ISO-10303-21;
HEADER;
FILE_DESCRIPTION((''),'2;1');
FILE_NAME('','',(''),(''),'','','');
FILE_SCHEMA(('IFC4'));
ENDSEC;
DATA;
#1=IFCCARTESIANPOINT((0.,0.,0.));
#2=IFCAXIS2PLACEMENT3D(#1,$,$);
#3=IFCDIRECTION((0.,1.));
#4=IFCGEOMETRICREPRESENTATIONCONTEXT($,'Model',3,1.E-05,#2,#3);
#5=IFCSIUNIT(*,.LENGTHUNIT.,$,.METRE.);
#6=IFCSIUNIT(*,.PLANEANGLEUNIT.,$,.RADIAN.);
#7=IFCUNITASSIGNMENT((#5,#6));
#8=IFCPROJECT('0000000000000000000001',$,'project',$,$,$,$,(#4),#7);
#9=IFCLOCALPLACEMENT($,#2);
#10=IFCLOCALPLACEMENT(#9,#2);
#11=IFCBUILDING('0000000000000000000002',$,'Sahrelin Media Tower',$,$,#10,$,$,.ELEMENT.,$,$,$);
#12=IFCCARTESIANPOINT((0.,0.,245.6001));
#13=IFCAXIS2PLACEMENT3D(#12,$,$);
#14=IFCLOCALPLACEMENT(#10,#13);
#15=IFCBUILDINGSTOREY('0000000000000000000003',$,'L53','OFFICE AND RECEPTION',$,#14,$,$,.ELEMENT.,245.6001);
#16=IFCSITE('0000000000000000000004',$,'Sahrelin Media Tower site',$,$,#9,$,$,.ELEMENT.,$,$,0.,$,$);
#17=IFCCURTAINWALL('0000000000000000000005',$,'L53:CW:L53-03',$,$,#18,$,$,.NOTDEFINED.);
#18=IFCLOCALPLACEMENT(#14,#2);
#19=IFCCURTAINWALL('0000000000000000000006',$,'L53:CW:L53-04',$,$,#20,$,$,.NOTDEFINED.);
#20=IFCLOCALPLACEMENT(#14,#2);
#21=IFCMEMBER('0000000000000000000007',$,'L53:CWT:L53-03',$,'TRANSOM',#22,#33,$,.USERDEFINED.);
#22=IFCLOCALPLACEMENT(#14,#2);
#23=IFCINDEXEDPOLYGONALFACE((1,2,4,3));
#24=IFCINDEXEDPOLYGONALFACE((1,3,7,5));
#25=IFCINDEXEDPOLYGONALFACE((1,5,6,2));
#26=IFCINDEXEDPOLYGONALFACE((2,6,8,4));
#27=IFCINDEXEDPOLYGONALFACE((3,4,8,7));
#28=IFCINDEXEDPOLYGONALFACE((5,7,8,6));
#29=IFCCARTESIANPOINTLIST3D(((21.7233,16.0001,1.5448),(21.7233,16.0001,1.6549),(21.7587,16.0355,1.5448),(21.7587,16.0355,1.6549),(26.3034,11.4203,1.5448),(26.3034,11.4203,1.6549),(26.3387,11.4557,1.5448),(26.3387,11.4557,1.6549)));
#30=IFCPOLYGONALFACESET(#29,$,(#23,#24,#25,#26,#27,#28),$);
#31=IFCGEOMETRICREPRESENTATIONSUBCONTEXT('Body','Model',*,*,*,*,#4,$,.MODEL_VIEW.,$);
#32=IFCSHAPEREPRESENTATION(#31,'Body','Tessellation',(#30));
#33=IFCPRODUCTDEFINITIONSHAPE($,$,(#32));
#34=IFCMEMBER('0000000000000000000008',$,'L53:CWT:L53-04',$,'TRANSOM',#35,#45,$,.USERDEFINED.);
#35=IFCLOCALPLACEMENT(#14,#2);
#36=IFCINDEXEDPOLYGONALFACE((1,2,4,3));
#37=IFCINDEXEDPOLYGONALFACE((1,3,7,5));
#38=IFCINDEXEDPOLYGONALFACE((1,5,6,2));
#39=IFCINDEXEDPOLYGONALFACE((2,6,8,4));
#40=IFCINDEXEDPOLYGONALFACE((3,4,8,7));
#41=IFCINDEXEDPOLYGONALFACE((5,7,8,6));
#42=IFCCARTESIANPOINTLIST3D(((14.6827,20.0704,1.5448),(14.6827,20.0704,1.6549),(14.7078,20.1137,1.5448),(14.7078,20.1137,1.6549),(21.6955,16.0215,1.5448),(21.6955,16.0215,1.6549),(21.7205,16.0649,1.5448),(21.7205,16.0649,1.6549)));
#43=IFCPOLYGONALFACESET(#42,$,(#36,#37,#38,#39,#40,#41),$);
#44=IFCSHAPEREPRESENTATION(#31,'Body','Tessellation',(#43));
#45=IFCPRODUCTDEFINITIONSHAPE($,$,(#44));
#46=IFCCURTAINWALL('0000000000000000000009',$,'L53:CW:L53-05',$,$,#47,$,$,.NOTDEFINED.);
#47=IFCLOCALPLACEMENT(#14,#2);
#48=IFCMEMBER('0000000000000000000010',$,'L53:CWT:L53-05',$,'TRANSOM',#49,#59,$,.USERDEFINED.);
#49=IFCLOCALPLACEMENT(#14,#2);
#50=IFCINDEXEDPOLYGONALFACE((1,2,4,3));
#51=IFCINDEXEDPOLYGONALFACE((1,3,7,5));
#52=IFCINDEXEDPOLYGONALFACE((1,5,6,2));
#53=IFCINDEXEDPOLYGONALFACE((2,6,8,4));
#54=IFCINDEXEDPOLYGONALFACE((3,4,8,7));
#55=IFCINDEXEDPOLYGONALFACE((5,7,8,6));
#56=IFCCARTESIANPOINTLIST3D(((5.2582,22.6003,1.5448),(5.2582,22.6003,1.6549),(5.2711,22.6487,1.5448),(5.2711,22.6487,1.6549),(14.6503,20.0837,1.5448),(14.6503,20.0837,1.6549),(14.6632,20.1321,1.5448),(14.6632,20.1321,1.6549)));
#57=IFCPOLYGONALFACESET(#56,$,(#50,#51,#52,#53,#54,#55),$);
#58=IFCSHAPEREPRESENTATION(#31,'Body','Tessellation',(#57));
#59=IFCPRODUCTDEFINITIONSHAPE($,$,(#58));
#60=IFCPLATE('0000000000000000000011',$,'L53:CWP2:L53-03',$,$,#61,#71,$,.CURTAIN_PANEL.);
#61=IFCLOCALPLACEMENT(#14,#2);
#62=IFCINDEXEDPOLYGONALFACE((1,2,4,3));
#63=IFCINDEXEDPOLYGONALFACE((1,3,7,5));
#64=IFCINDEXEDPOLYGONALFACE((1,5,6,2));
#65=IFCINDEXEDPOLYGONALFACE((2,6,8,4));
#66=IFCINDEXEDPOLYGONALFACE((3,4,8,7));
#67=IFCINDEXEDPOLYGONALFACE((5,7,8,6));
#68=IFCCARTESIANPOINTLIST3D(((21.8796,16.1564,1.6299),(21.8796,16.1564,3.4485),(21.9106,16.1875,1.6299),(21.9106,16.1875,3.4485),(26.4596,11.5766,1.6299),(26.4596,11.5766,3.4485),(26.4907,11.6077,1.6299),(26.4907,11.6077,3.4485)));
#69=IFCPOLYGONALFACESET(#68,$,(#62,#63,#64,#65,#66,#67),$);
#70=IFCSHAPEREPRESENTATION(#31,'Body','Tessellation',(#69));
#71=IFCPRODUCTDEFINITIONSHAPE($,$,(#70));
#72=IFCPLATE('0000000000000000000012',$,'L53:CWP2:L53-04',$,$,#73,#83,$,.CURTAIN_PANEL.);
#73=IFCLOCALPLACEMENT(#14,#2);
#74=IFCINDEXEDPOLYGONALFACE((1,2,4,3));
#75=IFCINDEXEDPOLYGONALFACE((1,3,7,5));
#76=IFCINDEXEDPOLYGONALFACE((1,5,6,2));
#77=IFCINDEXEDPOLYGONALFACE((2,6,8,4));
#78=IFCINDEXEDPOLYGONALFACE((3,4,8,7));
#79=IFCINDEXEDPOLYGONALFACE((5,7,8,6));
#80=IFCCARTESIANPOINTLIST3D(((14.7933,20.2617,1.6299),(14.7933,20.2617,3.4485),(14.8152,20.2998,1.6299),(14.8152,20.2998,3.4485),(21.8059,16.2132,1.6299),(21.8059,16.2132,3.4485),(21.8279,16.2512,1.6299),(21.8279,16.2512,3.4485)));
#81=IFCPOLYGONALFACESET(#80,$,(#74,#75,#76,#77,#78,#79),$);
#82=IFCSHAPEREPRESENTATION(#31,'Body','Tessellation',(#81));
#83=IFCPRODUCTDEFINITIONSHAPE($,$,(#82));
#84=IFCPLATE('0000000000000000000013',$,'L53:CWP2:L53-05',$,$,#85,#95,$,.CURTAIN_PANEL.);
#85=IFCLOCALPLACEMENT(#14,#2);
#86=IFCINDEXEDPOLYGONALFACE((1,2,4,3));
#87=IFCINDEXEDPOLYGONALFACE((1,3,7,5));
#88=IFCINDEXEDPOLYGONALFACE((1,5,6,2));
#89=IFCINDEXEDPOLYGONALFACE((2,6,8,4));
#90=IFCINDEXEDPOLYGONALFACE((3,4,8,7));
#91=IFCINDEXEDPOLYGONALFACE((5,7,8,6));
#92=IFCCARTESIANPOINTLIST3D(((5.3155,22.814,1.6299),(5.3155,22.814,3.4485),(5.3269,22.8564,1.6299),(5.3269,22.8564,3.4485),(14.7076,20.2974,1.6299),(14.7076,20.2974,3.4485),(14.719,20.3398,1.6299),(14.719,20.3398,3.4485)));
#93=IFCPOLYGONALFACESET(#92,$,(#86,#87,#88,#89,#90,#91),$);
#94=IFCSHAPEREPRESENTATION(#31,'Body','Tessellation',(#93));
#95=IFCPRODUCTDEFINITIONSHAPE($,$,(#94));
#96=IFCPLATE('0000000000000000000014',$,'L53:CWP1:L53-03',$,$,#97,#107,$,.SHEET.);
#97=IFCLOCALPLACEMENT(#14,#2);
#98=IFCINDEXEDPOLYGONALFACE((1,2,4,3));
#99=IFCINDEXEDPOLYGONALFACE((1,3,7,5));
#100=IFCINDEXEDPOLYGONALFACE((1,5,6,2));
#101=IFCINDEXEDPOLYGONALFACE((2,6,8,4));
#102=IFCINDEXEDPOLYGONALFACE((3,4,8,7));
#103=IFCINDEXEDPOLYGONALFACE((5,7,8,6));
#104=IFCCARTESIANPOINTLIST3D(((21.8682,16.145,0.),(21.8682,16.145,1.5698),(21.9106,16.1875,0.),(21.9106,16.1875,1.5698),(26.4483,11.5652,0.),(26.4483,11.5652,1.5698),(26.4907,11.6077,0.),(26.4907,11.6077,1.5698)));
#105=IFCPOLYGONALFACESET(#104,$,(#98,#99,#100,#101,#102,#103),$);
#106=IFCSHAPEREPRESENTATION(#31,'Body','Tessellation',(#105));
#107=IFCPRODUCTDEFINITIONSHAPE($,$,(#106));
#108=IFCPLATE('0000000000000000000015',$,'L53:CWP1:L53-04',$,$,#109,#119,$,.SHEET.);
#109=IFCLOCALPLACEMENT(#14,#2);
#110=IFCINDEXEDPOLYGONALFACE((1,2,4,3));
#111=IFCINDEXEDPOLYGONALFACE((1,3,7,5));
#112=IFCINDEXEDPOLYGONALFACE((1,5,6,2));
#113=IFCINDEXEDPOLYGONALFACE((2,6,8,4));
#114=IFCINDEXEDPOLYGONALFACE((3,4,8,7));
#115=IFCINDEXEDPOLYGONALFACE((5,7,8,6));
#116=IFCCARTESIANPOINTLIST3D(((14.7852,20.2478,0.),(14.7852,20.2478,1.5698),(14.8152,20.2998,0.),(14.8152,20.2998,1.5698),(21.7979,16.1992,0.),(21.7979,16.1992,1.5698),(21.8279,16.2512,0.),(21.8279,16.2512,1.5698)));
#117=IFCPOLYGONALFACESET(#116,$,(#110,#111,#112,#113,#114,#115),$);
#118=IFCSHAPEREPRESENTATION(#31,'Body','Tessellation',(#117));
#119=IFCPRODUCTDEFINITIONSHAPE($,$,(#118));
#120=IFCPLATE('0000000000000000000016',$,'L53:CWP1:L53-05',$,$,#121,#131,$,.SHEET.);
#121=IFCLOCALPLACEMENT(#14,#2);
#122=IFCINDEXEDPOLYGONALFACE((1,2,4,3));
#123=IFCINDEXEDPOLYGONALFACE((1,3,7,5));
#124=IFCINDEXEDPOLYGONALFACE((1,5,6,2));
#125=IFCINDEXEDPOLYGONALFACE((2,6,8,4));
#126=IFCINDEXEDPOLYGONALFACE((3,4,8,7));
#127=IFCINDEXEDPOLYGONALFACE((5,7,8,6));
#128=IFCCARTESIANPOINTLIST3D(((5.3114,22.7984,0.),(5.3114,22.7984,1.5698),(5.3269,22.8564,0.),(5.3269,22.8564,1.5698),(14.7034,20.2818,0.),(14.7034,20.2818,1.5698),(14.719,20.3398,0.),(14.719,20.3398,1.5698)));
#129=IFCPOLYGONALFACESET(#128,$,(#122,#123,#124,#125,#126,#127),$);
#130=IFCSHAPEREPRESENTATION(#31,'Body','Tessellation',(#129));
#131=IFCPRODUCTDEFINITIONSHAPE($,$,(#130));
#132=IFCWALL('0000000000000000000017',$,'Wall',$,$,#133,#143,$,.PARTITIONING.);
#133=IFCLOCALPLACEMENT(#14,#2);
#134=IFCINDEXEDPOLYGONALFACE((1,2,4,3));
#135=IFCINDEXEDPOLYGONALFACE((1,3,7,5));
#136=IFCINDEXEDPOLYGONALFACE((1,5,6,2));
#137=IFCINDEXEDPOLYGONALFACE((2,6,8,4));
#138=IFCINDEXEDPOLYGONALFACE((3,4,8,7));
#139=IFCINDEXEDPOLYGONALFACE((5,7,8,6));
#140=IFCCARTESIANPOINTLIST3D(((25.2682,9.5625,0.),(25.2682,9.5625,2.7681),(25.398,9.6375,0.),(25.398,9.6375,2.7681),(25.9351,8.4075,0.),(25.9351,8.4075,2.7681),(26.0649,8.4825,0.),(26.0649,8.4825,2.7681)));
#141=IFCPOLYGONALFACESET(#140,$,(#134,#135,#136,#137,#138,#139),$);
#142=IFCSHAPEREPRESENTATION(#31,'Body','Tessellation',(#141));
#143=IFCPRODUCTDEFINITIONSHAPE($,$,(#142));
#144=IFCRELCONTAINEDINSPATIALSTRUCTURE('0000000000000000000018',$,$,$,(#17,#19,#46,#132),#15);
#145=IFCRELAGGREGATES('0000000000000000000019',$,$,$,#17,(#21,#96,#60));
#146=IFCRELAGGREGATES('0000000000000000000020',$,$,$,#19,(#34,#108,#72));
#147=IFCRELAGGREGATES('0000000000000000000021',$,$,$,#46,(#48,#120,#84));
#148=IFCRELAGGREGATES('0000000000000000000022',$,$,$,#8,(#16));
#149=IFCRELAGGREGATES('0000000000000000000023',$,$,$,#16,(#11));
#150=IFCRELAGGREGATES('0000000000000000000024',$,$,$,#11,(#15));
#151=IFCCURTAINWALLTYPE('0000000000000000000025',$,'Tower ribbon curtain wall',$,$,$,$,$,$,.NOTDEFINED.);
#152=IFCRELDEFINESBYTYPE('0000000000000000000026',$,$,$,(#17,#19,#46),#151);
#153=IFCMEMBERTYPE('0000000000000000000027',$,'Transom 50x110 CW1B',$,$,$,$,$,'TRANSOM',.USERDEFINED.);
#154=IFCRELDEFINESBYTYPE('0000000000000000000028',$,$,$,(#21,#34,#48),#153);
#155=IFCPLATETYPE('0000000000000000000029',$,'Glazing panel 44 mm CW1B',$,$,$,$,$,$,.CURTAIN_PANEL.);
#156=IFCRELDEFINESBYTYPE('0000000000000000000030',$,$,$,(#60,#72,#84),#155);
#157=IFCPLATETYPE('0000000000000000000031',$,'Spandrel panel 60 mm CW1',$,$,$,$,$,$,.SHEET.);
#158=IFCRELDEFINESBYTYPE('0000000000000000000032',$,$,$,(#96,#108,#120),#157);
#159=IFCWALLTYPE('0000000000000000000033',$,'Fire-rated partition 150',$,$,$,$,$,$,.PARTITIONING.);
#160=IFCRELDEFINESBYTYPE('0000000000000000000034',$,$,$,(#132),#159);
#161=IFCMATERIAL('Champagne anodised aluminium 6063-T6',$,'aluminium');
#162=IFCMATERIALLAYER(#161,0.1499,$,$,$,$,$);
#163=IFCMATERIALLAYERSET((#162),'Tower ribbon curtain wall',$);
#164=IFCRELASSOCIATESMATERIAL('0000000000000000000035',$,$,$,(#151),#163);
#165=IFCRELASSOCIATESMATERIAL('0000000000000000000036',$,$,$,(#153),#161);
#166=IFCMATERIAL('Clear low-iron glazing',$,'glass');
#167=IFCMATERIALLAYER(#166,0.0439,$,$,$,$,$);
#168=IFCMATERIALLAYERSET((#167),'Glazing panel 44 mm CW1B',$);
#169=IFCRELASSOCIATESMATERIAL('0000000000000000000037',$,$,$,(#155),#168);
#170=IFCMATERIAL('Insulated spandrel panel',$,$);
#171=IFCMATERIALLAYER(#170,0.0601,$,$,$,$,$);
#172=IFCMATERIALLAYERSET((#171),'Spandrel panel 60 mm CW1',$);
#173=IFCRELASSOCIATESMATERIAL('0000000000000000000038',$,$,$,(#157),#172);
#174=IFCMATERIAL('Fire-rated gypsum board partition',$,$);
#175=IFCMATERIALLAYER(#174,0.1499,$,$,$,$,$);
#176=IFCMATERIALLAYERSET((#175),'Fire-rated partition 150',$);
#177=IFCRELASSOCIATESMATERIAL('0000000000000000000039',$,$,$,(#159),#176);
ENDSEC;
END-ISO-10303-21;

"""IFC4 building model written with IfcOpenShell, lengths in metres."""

from ifc_helpers import new_model, si_unit, direction, frame, frame_2d, origin, origin_2d, place, context, subcontext, project, spatial, polyline, rectangle, outline, extrude, material, layer, layer_set, material_profile, profile_set, type_object, element, aggregate, save


model = new_model("IFC4")

# Units and contexts
model_context = context("Model", 3, precision=1e-05, world=origin(), true_north=direction((0.0, 1.0)))
body_context = subcontext(model_context, "Body", "Model", "MODEL_VIEW")
ifc_project = project(units=[si_unit("LENGTHUNIT", "METRE"), si_unit("PLANEANGLEUNIT", "RADIAN")], contexts=[model_context])

# Site, building, storey
site_placement = place(None, origin())
site = spatial("IfcSite", under=ifc_project, at=site_placement, Name="Sahrelin Media Tower site", CompositionType="ELEMENT", RefElevation=0.0)
building_placement = place(site_placement, origin())
building = spatial("IfcBuilding", under=site, at=building_placement, Name="Sahrelin Media Tower", CompositionType="ELEMENT")
storey_placement = place(building_placement, frame((0.0, 0.0, 245.6001)))
storey = spatial("IfcBuildingStorey", under=building, at=storey_placement, Name="L53", Description="OFFICE AND RECEPTION", CompositionType="ELEMENT", Elevation=245.6001)

# Curtain walls
ifc_material_1 = material(Name="Champagne anodised aluminium 6063-T6", Category="aluminium")
ifc_layer_1 = layer(ifc_material_1, 0.1499)
ifc_layer_set_1 = layer_set([ifc_layer_1], Name="Tower ribbon curtain wall")
curtain_wall_type = type_object("IfcCurtainWallType", Name="Tower ribbon curtain wall", PredefinedType="NOTDEFINED", material=ifc_layer_set_1)
curtain_wall_1_placement = place(storey_placement, frame((24.1865, 13.8833, 0.0), z_axis=(0.0, 0.0, 1.0), x_axis=(1.0, 0.0, 0.0)))
curtain_wall_1 = element("IfcCurtainWall", 1, at=curtain_wall_1_placement, inside=storey, type_object=curtain_wall_type, Name="L53:CW:L53-03", PredefinedType="NOTDEFINED")
curtain_wall_2_placement = place(storey_placement, frame((18.3115, 18.2583, 0.0), z_axis=(0.0, 0.0, 1.0), x_axis=(1.0, 0.0, 0.0)))
curtain_wall_2 = element("IfcCurtainWall", 2, at=curtain_wall_2_placement, inside=storey, type_object=curtain_wall_type, Name="L53:CW:L53-04", PredefinedType="NOTDEFINED")

# Members
ifc_material_profile_1 = material_profile(ifc_material_1, rectangle(XDim=0.05, YDim=0.1101, at=origin_2d()), Name="Transom 50x110")
ifc_profile_set_1 = profile_set([ifc_material_profile_1], Name="Champagne anodised aluminium 6063-T6")
member_type_1 = type_object("IfcMemberType", Name="Transom 50x110 CW1B", ElementType="TRANSOM", PredefinedType="USERDEFINED", material=ifc_profile_set_1)
member_1_placement = place(storey_placement, frame((26.321, 11.438, 1.5999), z_axis=(-0.707126, 0.707088, 0.0), x_axis=(-0.707088, -0.707126, 0.0)))
member_1 = element("IfcMember", 3, at=member_1_placement, type_object=member_type_1, Name="L53:CWT:L53-03", ObjectType="TRANSOM", PredefinedType="USERDEFINED", context=body_context, shape_type="SweptSolid", body=[
    extrude(rectangle(XDim=0.05, YDim=0.1101, at=origin_2d()), origin(), (0.0, 0.0, 1.0), 6.4771),
])
member_2_placement = place(storey_placement, frame((21.708, 16.0432, 1.5999), z_axis=(-0.866023, 0.500004, 0.0), x_axis=(-0.500004, -0.866023, 0.0)))
member_2 = element("IfcMember", 4, at=member_2_placement, type_object=member_type_1, Name="L53:CWT:L53-04", ObjectType="TRANSOM", PredefinedType="USERDEFINED", context=body_context, shape_type="SweptSolid", body=[
    extrude(rectangle(XDim=0.05, YDim=0.1101, at=origin_2d()), origin(), (0.0, 0.0, 1.0), 8.0977),
])

# Curtain wall, member
curtain_wall_3_placement = place(storey_placement, frame((10.0176, 21.5786, 0.0), z_axis=(0.0, 0.0, 1.0), x_axis=(1.0, 0.0, 0.0)))
curtain_wall_3 = element("IfcCurtainWall", 5, at=curtain_wall_3_placement, inside=storey, type_object=curtain_wall_type, Name="L53:CW:L53-05", PredefinedType="NOTDEFINED")
member_3_placement = place(storey_placement, frame((14.6567, 20.1079, 1.5999), z_axis=(-0.965926, 0.258819, 0.0), x_axis=(-0.258819, -0.965926, 0.0)))
member_3 = element("IfcMember", 6, at=member_3_placement, type_object=member_type_1, Name="L53:CWT:L53-05", ObjectType="TRANSOM", PredefinedType="USERDEFINED", context=body_context, shape_type="SweptSolid", body=[
    extrude(rectangle(XDim=0.05, YDim=0.1101, at=origin_2d()), origin(), (0.0, 0.0, 1.0), 9.7234),
])

# Plates
ifc_material_2 = material(Name="Clear low-iron glazing", Category="glass")
ifc_layer_2 = layer(ifc_material_2, 0.0439)
ifc_layer_set_2 = layer_set([ifc_layer_2], Name="Glazing panel 44 mm CW1B")
plate_type_1 = type_object("IfcPlateType", Name="Glazing panel 44 mm CW1B", PredefinedType="CURTAIN_PANEL", material=ifc_layer_set_2)
plate_1_placement = place(storey_placement, frame((26.4907, 11.6077, 1.6299), z_axis=(0.707088, 0.707126, 0.0), x_axis=(-0.707126, 0.707088, 0.0)))
plate_1 = element("IfcPlate", 7, at=plate_1_placement, type_object=plate_type_1, Name="L53:CWP2:L53-03", PredefinedType="CURTAIN_PANEL", context=body_context, shape_type="SweptSolid", body=[
    extrude(outline(polyline([(0.0, 0.0), (6.4771, 0.0), (6.4771, 1.8186), (0.0, 1.8186), (0.0, 0.0)])), origin(), (0.0, 0.0, -1.0), 0.0439),
])
plate_2_placement = place(storey_placement, frame((21.8279, 16.2512, 1.6299), z_axis=(0.499982, 0.866036, 0.0), x_axis=(-0.866036, 0.499982, 0.0)))
plate_2 = element("IfcPlate", 8, at=plate_2_placement, type_object=plate_type_1, Name="L53:CWP2:L53-04", PredefinedType="CURTAIN_PANEL", context=body_context, shape_type="SweptSolid", body=[
    extrude(outline(polyline([(0.0, 0.0), (8.0974, 0.0), (8.0974, 1.8186), (0.0, 1.8186), (0.0, 0.0)])), origin(), (0.0, 0.0, -1.0), 0.0439),
])
plate_3_placement = place(storey_placement, frame((14.719, 20.3398, 1.6299), z_axis=(0.258819, 0.965926, 0.0), x_axis=(-0.965926, 0.258819, 0.0)))
plate_3 = element("IfcPlate", 9, at=plate_3_placement, type_object=plate_type_1, Name="L53:CWP2:L53-05", PredefinedType="CURTAIN_PANEL", context=body_context, shape_type="SweptSolid", body=[
    extrude(outline(polyline([(0.0, 0.0), (9.7234, 0.0), (9.7234, 1.8186), (0.0, 1.8186), (0.0, 0.0)])), origin(), (0.0, 0.0, -1.0), 0.0439),
])
ifc_material_3 = material(Name="Insulated spandrel panel")
ifc_layer_3 = layer(ifc_material_3, 0.0601)
ifc_layer_set_3 = layer_set([ifc_layer_3], Name="Spandrel panel 60 mm CW1")
plate_type_2 = type_object("IfcPlateType", Name="Spandrel panel 60 mm CW1", PredefinedType="SHEET", material=ifc_layer_set_3)
plate_4_placement = place(storey_placement, frame((26.4907, 11.6077, 0.0), z_axis=(0.707088, 0.707126, 0.0), x_axis=(-0.707126, 0.707088, 0.0)))
plate_4 = element("IfcPlate", 10, at=plate_4_placement, type_object=plate_type_2, Name="L53:CWP1:L53-03", PredefinedType="SHEET", context=body_context, shape_type="SweptSolid", body=[
    extrude(outline(polyline([(0.0, 0.0), (6.4771, 0.0), (6.4771, 1.5698), (0.0, 1.5698), (0.0, 0.0)])), origin(), (0.0, 0.0, -1.0), 0.0601),
])
aggregate(curtain_wall_1, [member_1, plate_4, plate_1])
plate_5_placement = place(storey_placement, frame((21.8279, 16.2512, 0.0), z_axis=(0.499982, 0.866036, 0.0), x_axis=(-0.866036, 0.499982, 0.0)))
plate_5 = element("IfcPlate", 11, at=plate_5_placement, type_object=plate_type_2, Name="L53:CWP1:L53-04", PredefinedType="SHEET", context=body_context, shape_type="SweptSolid", body=[
    extrude(outline(polyline([(0.0, 0.0), (8.0974, 0.0), (8.0974, 1.5698), (0.0, 1.5698), (0.0, 0.0)])), origin(), (0.0, 0.0, -1.0), 0.0601),
])
aggregate(curtain_wall_2, [member_2, plate_5, plate_2])
plate_6_placement = place(storey_placement, frame((14.719, 20.3398, 0.0), z_axis=(0.258819, 0.965926, 0.0), x_axis=(-0.965926, 0.258819, 0.0)))
plate_6 = element("IfcPlate", 12, at=plate_6_placement, type_object=plate_type_2, Name="L53:CWP1:L53-05", PredefinedType="SHEET", context=body_context, shape_type="SweptSolid", body=[
    extrude(outline(polyline([(0.0, 0.0), (9.7234, 0.0), (9.7234, 1.5698), (0.0, 1.5698), (0.0, 0.0)])), origin(), (0.0, 0.0, -1.0), 0.0601),
])
aggregate(curtain_wall_3, [member_3, plate_6, plate_3])

# Wall
ifc_material_4 = material(Name="Fire-rated gypsum board partition")
ifc_layer_4 = layer(ifc_material_4, 0.1499)
ifc_layer_set_4 = layer_set([ifc_layer_4], Name="Fire-rated partition 150")
wall_type = type_object("IfcWallType", Name="Fire-rated partition 150", PredefinedType="PARTITIONING", material=ifc_layer_set_4)
wall_placement = place(storey_placement, frame((25.333, 9.6001, 0.0), z_axis=(0.0, 0.0, 1.0), x_axis=(0.500076, -0.865981, 0.0)))
element("IfcWall", 13, at=wall_placement, inside=storey, type_object=wall_type, Name="Wall", PredefinedType="PARTITIONING", context=body_context, shape_type="SweptSolid", body=[
    extrude(rectangle(XDim=1.3337, YDim=0.1499, at=frame_2d((0.667, 0.0))), origin(), (0.0, 0.0, 1.0), 2.7681),
])

save(model, "model.ifc")
